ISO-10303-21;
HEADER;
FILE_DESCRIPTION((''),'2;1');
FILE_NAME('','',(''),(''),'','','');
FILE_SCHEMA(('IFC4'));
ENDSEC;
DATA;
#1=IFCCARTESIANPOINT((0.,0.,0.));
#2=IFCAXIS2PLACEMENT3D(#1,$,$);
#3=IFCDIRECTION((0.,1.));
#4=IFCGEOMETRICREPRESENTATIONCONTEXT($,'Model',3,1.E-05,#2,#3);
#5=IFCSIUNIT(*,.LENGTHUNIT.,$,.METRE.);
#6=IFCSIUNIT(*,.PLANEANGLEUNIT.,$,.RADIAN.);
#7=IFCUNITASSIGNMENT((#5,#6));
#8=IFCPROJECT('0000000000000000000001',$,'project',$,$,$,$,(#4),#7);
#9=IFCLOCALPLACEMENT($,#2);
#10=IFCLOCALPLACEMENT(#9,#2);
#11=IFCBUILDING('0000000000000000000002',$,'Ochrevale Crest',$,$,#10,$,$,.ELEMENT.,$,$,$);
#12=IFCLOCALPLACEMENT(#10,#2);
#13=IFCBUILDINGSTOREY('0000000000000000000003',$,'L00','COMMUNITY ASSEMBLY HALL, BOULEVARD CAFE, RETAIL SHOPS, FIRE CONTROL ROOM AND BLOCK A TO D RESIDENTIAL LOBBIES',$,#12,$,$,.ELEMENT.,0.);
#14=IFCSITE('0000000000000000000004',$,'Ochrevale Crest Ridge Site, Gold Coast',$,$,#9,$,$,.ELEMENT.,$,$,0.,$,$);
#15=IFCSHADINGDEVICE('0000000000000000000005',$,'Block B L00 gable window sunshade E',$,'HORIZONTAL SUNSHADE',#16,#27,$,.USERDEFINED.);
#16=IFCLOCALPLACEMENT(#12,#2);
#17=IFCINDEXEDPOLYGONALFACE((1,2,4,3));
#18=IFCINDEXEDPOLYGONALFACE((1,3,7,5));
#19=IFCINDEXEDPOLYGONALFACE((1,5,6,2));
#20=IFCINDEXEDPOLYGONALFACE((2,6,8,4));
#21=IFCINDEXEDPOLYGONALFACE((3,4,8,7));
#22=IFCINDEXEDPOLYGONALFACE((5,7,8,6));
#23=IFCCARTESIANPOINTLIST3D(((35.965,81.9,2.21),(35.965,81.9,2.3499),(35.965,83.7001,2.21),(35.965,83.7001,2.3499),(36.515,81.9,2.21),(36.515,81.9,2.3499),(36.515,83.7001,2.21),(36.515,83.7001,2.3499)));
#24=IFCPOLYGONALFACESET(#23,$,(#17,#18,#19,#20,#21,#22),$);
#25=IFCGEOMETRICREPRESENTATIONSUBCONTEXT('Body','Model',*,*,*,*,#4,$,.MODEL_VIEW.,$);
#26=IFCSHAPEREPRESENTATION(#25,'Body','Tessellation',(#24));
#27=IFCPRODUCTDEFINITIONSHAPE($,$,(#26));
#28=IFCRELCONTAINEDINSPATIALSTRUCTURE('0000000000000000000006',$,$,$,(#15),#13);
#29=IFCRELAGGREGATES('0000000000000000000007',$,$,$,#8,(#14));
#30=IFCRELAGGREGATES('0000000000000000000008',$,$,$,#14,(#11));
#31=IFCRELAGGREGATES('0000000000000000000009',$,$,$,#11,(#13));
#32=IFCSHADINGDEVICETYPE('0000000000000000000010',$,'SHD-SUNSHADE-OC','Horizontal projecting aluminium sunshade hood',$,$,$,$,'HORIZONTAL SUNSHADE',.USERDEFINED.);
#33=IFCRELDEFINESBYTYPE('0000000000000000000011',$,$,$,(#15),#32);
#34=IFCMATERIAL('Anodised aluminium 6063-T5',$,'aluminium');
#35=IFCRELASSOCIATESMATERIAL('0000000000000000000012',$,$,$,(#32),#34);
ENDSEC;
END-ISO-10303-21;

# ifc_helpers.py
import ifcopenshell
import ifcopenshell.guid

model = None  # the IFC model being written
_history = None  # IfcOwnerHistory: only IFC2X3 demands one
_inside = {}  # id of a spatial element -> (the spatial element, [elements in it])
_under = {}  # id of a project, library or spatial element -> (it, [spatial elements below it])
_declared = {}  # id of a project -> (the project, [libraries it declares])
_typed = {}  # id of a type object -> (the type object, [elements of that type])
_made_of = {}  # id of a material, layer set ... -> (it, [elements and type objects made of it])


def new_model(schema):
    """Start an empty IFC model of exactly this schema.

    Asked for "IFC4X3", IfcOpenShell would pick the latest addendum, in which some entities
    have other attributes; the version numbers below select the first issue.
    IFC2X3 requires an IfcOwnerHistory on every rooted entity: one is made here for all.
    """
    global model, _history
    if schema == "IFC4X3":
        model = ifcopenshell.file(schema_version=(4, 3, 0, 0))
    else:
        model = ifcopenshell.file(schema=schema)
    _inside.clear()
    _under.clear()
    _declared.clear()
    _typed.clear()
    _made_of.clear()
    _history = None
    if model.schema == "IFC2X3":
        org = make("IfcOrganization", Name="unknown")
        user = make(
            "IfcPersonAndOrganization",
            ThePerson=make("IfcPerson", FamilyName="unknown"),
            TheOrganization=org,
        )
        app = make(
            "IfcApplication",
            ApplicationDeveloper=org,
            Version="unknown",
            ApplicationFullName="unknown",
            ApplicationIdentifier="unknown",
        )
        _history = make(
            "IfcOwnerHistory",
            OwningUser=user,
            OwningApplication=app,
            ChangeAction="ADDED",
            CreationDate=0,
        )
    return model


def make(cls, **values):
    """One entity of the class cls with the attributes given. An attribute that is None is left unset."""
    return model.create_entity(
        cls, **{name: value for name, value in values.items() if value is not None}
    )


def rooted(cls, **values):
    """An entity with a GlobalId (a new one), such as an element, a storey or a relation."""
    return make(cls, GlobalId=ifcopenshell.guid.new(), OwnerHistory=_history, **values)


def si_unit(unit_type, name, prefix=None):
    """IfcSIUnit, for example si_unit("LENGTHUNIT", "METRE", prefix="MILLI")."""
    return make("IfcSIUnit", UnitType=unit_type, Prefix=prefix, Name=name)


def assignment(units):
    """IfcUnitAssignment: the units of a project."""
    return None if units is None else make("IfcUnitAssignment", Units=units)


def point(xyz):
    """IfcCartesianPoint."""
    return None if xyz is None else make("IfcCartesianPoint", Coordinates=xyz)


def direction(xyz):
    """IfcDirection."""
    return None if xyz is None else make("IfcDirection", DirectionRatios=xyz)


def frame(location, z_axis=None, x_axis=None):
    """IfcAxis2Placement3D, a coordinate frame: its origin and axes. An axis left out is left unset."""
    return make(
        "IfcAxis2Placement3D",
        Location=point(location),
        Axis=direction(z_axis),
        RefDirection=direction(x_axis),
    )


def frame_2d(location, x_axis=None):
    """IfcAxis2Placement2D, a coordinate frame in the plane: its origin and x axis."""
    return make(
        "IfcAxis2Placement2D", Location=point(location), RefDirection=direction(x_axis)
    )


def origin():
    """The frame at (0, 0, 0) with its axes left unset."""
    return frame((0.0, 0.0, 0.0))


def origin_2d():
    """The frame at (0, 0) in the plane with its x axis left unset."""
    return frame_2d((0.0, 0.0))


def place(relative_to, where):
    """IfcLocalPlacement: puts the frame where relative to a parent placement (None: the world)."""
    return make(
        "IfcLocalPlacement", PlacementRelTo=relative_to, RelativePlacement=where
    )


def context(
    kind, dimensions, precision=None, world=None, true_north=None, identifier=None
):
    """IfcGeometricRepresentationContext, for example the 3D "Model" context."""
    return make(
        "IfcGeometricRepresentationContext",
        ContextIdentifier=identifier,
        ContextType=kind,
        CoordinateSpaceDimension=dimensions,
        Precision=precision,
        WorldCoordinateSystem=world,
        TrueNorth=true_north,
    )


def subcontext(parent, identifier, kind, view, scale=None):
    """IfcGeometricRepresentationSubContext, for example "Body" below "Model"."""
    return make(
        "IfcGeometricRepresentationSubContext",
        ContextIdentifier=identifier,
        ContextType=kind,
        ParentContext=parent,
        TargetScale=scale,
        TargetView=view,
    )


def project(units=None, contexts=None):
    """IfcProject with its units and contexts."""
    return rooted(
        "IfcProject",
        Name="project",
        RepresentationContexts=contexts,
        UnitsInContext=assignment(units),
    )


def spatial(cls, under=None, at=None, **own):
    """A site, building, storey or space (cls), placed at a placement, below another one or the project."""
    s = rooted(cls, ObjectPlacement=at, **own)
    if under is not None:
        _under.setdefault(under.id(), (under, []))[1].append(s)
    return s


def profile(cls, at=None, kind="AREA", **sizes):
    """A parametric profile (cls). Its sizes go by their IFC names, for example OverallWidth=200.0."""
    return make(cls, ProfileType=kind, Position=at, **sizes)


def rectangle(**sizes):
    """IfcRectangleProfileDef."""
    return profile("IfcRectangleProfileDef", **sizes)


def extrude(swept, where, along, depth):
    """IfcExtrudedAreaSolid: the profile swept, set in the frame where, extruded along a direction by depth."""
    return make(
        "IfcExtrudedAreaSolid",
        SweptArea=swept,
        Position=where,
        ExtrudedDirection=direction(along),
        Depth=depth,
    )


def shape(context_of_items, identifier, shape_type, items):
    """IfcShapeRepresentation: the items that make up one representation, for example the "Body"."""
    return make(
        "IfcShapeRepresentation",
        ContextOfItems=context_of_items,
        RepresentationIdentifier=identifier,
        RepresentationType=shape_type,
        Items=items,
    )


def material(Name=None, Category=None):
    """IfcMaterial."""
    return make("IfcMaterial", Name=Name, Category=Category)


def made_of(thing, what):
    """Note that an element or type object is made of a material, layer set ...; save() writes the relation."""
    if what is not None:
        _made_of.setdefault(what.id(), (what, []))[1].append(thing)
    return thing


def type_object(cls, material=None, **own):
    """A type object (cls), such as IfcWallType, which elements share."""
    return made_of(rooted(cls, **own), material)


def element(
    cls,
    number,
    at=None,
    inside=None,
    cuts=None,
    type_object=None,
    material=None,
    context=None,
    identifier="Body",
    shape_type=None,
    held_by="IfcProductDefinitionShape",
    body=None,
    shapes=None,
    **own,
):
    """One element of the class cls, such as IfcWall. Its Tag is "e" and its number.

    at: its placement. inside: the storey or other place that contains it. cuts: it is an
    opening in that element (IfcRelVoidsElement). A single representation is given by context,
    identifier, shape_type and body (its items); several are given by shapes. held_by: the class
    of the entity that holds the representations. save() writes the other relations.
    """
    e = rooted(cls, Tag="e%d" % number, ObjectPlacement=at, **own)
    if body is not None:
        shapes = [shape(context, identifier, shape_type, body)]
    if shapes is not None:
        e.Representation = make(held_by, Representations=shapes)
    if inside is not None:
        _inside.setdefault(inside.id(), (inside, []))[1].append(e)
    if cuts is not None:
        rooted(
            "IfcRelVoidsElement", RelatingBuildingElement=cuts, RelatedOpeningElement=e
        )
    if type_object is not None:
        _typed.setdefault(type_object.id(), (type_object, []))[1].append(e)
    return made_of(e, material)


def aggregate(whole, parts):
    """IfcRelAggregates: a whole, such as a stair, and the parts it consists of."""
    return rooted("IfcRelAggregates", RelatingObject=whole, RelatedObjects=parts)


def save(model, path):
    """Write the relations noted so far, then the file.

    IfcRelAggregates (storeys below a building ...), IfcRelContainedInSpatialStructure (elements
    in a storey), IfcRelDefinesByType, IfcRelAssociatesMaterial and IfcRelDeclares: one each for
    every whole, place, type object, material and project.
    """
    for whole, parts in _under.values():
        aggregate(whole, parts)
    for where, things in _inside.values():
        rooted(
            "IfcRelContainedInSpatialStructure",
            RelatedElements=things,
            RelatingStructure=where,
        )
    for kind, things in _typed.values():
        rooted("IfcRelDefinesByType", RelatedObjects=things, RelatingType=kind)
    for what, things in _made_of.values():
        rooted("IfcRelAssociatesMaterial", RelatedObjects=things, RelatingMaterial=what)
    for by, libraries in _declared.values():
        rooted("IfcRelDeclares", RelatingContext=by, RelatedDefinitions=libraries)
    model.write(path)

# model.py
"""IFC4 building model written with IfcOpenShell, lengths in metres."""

from ifc_helpers import new_model, si_unit, direction, frame, origin, origin_2d, place, context, subcontext, project, spatial, rectangle, extrude, material, type_object, element, save


model = new_model("IFC4")

# Units and contexts
model_context = context("Model", 3, precision=1e-05, world=origin(), true_north=direction((0.0, 1.0)))
body_context = subcontext(model_context, "Body", "Model", "MODEL_VIEW")
ifc_project = project(units=[si_unit("LENGTHUNIT", "METRE"), si_unit("PLANEANGLEUNIT", "RADIAN")], contexts=[model_context])

# Site, building, storey
site_placement = place(None, origin())
site = spatial("IfcSite", under=ifc_project, at=site_placement, Name="Ochrevale Crest Ridge Site, Gold Coast", CompositionType="ELEMENT", RefElevation=0.0)
building_placement = place(site_placement, origin())
building = spatial("IfcBuilding", under=site, at=building_placement, Name="Ochrevale Crest", CompositionType="ELEMENT")
storey_placement = place(building_placement, origin())
storey = spatial("IfcBuildingStorey", under=building, at=storey_placement, Name="L00", Description="COMMUNITY ASSEMBLY HALL, BOULEVARD CAFE, RETAIL SHOPS, FIRE CONTROL ROOM AND BLOCK A TO D RESIDENTIAL LOBBIES", CompositionType="ELEMENT", Elevation=0.0)

# Shading device
ifc_material_1 = material(Name="Anodised aluminium 6063-T5", Category="aluminium")
shading_device_type = type_object("IfcShadingDeviceType", Name="SHD-SUNSHADE-OC", Description="Horizontal projecting aluminium sunshade hood", ElementType="HORIZONTAL SUNSHADE", PredefinedType="USERDEFINED", material=ifc_material_1)
shading_device_placement = place(storey_placement, frame((36.24, 82.8, 2.21), z_axis=(0.0, 0.0, 1.0), x_axis=(1.0, 0.0, 0.0)))
element("IfcShadingDevice", 1, at=shading_device_placement, inside=storey, type_object=shading_device_type, Name="Block B L00 gable window sunshade E", ObjectType="HORIZONTAL SUNSHADE", PredefinedType="USERDEFINED", context=body_context, shape_type="SweptSolid", body=[
    extrude(rectangle(XDim=0.55, YDim=1.8, at=origin_2d()), origin(), (0.0, 0.0, 1.0), 0.1399),
])

save(model, "model.ifc")
